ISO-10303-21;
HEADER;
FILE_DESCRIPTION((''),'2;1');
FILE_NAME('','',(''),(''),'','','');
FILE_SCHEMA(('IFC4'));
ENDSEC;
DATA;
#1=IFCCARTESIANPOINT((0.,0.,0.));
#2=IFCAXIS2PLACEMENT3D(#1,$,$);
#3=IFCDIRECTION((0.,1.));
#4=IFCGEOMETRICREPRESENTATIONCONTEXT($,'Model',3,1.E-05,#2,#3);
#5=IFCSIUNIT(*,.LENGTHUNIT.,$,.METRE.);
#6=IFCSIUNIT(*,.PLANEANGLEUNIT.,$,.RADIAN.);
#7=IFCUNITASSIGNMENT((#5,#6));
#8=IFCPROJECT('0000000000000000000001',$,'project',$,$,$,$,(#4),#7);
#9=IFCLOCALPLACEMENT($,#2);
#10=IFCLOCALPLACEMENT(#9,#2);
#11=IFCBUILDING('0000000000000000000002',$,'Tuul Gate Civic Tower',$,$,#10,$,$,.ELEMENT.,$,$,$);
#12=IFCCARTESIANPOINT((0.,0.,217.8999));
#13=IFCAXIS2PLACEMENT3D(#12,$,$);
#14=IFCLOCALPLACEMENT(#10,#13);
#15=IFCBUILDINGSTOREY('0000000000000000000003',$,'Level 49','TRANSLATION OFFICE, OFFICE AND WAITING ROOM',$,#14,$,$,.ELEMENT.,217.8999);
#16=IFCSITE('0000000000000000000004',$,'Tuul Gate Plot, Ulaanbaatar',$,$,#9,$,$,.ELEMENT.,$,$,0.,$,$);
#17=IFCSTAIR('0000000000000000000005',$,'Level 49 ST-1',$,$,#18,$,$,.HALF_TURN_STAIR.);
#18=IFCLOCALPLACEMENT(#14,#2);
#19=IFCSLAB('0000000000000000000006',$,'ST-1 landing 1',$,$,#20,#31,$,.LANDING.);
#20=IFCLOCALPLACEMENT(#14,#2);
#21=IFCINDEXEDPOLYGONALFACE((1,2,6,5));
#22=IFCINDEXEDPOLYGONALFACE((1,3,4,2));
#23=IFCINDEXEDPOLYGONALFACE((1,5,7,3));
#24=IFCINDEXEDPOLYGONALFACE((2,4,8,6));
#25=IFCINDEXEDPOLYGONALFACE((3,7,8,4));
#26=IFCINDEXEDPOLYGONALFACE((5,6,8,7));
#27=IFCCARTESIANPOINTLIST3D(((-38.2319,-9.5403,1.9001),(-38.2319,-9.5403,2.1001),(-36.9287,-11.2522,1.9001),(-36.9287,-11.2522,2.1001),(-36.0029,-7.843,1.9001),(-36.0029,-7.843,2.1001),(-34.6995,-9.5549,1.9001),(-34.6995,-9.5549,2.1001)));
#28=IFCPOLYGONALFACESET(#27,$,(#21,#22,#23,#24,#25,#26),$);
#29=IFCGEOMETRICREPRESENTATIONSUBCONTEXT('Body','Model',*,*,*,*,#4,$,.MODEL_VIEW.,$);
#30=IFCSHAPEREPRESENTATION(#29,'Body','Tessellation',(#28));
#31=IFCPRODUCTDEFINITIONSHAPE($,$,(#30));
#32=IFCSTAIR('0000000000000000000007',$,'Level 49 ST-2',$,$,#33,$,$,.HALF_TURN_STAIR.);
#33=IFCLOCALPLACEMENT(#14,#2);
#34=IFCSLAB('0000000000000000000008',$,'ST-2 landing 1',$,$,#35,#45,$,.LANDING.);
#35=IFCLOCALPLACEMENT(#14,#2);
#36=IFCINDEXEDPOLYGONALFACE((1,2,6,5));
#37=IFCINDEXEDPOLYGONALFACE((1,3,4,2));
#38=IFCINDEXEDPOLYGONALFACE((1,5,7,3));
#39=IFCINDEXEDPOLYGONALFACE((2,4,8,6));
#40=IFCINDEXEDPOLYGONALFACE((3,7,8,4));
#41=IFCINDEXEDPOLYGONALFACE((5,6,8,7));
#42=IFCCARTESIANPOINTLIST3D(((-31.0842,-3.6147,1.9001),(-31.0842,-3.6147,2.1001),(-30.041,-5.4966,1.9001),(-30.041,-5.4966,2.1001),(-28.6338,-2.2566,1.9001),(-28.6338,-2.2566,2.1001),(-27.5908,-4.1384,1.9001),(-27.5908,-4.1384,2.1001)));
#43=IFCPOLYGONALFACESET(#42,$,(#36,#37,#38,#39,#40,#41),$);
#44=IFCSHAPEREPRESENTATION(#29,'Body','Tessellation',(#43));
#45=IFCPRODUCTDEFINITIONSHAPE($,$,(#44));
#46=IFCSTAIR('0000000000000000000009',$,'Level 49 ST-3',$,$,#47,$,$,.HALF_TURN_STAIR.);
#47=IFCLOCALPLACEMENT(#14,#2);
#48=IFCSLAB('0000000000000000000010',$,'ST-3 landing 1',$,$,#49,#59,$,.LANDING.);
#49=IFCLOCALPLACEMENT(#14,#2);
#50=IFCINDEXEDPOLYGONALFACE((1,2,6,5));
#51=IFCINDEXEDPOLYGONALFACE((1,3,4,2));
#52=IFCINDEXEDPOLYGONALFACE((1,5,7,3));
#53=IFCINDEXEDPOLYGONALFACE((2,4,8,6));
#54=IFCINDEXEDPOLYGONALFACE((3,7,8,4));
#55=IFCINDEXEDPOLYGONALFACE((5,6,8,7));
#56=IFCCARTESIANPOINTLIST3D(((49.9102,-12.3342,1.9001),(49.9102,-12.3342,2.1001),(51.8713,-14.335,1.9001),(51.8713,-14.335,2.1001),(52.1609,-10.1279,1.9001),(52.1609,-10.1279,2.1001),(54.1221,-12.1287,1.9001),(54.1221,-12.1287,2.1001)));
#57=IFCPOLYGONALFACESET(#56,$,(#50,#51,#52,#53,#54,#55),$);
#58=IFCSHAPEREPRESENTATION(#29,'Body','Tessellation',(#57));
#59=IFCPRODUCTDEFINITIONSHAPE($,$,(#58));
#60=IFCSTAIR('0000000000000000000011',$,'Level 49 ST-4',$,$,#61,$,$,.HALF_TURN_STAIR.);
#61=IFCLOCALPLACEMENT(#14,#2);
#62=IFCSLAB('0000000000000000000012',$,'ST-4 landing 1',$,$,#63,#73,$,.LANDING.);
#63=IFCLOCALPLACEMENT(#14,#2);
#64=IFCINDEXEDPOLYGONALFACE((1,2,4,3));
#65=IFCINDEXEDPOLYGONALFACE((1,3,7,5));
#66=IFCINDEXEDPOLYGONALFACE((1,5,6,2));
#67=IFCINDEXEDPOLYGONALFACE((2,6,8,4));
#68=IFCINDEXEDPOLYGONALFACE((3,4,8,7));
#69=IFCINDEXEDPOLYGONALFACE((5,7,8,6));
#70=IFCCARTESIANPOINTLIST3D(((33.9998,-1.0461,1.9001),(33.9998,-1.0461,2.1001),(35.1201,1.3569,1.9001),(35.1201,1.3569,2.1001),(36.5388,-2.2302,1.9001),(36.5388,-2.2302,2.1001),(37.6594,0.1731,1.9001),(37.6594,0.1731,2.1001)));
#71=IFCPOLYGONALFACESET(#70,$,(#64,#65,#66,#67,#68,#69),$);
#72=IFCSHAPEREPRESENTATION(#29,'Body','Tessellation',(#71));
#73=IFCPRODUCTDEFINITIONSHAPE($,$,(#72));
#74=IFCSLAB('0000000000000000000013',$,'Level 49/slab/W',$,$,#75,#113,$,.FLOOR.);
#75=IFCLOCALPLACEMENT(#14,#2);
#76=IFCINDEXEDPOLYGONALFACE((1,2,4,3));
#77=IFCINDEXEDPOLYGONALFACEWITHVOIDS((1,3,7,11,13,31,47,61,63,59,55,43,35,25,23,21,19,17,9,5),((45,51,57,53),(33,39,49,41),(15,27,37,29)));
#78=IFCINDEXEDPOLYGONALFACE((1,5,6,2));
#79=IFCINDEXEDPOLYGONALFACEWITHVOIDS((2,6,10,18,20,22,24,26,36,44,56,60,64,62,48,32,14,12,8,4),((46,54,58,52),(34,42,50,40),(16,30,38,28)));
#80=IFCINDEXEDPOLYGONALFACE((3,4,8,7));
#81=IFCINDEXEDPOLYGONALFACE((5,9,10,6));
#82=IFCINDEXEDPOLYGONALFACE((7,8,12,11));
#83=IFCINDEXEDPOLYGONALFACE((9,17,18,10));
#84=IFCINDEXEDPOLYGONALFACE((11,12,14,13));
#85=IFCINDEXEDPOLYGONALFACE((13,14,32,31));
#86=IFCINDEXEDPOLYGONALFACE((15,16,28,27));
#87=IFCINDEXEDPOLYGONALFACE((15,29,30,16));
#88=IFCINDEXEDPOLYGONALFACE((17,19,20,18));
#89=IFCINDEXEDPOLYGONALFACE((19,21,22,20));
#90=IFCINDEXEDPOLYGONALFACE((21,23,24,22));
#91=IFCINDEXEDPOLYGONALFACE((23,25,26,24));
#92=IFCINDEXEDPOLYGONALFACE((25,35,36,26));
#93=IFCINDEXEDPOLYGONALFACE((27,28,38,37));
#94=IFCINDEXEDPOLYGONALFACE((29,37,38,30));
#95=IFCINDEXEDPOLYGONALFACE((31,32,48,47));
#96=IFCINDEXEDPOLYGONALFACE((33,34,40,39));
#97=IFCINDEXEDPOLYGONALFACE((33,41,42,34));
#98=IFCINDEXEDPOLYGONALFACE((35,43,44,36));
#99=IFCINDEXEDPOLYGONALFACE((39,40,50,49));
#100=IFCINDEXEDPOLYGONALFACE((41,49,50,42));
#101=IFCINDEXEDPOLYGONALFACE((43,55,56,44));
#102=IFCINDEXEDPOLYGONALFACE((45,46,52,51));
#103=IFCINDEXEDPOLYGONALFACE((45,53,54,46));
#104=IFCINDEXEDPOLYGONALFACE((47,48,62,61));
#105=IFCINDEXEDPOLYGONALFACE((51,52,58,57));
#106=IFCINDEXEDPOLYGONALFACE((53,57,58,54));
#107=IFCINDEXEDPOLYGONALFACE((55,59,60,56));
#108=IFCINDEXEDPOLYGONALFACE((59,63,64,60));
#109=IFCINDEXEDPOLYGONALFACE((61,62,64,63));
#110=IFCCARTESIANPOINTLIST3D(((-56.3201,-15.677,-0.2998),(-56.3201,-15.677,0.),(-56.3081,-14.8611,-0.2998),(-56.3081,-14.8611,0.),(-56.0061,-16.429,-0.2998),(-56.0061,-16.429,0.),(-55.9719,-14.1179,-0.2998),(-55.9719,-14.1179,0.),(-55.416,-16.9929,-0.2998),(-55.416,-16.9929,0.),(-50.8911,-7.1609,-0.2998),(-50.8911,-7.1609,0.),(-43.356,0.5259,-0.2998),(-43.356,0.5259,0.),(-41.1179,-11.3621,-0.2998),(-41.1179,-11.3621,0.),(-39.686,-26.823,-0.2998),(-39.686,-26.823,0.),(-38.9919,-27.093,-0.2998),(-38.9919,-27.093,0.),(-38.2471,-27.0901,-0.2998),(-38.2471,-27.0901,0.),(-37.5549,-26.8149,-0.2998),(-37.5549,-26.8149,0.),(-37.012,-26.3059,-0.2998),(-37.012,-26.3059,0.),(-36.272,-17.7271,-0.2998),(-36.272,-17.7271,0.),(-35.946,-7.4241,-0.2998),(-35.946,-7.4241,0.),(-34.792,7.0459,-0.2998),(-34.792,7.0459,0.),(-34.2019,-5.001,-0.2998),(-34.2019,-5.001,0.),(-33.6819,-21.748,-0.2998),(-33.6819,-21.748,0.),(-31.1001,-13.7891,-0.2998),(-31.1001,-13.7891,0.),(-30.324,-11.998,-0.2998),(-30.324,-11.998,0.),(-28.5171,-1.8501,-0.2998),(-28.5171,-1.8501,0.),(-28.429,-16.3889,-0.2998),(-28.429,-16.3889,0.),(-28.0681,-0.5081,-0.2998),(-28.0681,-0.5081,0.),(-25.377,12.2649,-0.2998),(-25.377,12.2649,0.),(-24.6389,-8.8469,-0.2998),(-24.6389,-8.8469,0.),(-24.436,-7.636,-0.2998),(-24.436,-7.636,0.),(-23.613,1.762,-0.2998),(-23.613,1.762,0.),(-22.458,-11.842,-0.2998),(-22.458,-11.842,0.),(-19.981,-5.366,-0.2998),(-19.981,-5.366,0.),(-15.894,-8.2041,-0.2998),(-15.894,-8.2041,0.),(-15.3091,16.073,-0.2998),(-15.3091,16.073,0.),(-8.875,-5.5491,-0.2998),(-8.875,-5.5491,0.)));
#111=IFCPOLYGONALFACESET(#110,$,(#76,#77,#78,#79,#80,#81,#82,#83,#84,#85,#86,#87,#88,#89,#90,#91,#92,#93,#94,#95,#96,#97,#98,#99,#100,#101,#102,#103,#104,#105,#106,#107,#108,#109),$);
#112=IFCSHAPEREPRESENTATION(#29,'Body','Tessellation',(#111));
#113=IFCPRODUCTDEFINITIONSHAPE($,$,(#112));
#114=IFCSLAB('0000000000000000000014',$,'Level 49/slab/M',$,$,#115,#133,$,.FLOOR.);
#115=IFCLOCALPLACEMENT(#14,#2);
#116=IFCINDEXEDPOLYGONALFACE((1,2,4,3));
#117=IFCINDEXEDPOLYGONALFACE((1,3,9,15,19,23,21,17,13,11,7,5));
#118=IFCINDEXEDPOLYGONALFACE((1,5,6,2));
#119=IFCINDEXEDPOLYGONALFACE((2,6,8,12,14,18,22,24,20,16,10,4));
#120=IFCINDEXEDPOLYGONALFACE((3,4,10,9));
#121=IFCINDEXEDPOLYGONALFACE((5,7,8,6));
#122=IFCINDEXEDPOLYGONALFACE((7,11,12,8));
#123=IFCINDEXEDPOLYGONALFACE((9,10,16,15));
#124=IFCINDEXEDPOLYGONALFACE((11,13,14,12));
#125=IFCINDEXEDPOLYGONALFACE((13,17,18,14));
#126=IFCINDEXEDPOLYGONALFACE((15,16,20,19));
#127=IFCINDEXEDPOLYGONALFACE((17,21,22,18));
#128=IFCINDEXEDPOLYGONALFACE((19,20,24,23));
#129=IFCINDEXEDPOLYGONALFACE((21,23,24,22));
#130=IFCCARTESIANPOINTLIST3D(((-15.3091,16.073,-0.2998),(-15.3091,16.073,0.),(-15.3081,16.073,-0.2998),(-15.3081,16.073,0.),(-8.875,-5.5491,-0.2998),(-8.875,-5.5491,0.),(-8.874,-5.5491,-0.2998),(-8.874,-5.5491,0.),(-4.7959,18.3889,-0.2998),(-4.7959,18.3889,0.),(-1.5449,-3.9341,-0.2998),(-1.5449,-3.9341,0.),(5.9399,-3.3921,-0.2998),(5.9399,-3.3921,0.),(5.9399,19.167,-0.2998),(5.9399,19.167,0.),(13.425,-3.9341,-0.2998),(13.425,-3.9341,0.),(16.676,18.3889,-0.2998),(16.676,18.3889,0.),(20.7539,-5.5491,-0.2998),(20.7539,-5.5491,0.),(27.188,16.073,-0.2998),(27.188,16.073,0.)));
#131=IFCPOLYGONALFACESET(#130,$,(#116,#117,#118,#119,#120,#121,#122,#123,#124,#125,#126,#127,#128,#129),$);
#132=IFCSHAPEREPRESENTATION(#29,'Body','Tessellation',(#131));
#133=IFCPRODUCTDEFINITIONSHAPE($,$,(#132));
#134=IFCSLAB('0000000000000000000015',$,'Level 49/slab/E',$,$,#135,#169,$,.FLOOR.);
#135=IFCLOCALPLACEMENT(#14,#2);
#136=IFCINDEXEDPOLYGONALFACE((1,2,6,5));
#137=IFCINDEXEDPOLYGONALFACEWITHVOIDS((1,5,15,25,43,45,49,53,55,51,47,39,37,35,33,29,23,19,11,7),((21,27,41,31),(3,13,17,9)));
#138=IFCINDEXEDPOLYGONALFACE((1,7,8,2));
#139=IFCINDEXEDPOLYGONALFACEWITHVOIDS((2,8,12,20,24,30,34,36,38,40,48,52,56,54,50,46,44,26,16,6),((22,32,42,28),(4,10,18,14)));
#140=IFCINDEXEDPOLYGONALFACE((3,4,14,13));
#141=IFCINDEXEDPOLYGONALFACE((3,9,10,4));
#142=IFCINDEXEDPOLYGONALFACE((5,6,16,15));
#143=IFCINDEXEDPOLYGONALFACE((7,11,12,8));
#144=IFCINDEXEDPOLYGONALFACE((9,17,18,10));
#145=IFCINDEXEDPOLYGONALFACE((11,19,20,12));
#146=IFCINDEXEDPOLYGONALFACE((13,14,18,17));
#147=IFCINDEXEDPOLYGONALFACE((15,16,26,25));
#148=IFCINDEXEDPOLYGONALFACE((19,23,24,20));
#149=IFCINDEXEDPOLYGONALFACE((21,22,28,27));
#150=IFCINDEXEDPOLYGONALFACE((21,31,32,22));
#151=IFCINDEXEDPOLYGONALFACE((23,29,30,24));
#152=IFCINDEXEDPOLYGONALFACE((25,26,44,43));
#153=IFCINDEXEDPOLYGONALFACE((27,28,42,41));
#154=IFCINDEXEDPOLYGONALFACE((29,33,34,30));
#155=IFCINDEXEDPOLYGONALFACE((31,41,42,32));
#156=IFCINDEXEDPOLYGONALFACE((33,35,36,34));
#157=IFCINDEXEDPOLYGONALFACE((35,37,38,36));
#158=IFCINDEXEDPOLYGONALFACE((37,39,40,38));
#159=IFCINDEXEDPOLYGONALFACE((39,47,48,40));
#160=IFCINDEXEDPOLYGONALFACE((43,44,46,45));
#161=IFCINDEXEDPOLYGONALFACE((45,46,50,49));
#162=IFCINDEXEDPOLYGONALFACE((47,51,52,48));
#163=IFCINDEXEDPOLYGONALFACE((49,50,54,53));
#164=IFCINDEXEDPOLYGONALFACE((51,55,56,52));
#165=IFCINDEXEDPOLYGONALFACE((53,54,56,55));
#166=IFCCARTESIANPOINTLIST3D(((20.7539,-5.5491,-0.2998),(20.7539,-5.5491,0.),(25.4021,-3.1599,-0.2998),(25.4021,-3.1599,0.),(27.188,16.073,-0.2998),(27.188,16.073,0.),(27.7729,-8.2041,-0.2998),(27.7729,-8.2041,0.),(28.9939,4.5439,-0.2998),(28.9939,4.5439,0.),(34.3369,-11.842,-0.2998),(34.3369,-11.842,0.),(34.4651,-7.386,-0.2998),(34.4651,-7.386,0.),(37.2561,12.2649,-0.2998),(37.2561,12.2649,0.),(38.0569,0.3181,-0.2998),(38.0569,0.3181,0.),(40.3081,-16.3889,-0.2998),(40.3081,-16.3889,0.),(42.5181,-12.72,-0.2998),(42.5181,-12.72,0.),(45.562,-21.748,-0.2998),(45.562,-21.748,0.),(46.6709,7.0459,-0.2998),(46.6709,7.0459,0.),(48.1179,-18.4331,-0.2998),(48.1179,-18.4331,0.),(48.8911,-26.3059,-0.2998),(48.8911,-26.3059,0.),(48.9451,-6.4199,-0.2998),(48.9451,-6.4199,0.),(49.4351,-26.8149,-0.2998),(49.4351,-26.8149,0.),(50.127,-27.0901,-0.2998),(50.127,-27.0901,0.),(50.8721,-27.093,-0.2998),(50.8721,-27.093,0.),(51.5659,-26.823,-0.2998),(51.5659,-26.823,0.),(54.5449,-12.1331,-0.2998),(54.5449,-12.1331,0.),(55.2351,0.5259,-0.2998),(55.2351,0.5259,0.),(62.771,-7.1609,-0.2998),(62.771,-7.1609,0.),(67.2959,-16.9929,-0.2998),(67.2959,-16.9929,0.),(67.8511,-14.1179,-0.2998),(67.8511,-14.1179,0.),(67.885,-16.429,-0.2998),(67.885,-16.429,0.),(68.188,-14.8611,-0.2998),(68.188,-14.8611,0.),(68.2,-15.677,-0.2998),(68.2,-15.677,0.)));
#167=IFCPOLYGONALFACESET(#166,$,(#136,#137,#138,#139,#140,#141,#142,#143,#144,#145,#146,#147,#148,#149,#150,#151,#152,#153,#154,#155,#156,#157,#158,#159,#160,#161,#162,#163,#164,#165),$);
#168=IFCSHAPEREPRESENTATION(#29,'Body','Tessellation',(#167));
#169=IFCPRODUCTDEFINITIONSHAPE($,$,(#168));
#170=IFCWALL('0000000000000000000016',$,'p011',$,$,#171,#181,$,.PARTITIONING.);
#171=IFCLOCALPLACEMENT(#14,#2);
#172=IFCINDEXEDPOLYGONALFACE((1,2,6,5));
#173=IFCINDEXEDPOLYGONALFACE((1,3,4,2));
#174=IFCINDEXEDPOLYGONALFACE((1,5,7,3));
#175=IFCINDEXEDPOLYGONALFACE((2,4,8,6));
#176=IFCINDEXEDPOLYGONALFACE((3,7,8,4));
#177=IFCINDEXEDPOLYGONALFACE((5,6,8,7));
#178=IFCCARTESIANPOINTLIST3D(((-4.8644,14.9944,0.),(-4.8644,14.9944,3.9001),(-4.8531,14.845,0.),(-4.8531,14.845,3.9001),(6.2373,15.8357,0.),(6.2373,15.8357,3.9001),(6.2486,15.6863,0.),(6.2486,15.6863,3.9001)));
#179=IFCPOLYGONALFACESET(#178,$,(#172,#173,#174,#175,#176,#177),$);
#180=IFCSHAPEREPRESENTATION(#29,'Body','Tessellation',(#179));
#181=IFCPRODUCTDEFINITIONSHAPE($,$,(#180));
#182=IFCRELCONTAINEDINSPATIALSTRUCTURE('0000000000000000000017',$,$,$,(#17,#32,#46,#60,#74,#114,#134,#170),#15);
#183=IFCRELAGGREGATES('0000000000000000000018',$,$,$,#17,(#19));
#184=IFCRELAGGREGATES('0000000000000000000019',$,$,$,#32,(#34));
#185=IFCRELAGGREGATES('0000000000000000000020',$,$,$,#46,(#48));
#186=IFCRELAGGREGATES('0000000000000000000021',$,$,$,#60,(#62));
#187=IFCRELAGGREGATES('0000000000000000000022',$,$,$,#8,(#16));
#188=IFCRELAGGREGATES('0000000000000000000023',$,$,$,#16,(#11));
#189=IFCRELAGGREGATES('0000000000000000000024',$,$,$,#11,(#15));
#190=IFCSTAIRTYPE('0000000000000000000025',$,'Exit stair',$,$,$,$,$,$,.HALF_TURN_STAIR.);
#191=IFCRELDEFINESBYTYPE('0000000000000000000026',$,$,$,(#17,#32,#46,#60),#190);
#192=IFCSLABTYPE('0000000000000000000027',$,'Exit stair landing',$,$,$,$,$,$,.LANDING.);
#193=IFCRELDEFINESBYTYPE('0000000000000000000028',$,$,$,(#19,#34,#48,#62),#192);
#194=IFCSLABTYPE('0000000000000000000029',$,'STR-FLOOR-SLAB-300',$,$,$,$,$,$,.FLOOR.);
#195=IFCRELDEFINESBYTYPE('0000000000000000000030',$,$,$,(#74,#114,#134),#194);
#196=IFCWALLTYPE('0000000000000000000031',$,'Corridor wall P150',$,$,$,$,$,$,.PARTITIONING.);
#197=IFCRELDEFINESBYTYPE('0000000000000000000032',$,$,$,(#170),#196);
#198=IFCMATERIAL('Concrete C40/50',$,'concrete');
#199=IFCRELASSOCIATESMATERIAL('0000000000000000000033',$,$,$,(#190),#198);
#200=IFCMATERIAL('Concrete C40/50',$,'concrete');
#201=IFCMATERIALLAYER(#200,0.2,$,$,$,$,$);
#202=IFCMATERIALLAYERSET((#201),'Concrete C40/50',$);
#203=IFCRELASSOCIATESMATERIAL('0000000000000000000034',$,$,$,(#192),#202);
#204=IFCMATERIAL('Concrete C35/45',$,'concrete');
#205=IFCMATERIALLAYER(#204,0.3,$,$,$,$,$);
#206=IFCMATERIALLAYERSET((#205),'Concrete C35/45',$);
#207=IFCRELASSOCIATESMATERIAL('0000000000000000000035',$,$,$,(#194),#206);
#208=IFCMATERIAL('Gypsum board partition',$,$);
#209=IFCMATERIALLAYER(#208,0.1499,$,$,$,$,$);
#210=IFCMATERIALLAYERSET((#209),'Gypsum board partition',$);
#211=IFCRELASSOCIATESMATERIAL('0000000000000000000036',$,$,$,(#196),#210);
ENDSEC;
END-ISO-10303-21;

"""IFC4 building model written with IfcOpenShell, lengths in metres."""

from ifc_helpers import new_model, si_unit, direction, frame, frame_2d, origin, place, context, subcontext, project, spatial, polyline, rectangle, outline, extrude, material, layer, layer_set, type_object, element, aggregate, save


model = new_model("IFC4")

# Units and contexts
model_context = context("Model", 3, precision=1e-05, world=origin(), true_north=direction((0.0, 1.0)))
body_context = subcontext(model_context, "Body", "Model", "MODEL_VIEW")
ifc_project = project(units=[si_unit("LENGTHUNIT", "METRE"), si_unit("PLANEANGLEUNIT", "RADIAN")], contexts=[model_context])

# Site, building, storey
site_placement = place(None, origin())
site = spatial("IfcSite", under=ifc_project, at=site_placement, Name="Tuul Gate Plot, Ulaanbaatar", CompositionType="ELEMENT", RefElevation=0.0)
building_placement = place(site_placement, origin())
building = spatial("IfcBuilding", under=site, at=building_placement, Name="Tuul Gate Civic Tower", CompositionType="ELEMENT")
storey_placement = place(building_placement, frame((0.0, 0.0, 217.8999)))
storey = spatial("IfcBuildingStorey", under=building, at=storey_placement, Name="Level 49", Description="TRANSLATION OFFICE, OFFICE AND WAITING ROOM", CompositionType="ELEMENT", Elevation=217.8999)

# Stairs, slabs
ifc_material_1 = material(Name="Concrete C40/50", Category="concrete")
stair_type = type_object("IfcStairType", Name="Exit stair", PredefinedType="HALF_TURN_STAIR", material=ifc_material_1)
stair_1_placement = place(storey_placement, origin())
stair_1 = element("IfcStair", 1, at=stair_1_placement, inside=storey, type_object=stair_type, Name="Level 49 ST-1", PredefinedType="HALF_TURN_STAIR")
ifc_material_2 = material(Name="Concrete C40/50", Category="concrete")
ifc_layer_1 = layer(ifc_material_2, 0.2)
ifc_layer_set_1 = layer_set([ifc_layer_1], Name="Concrete C40/50")
slab_type_1 = type_object("IfcSlabType", Name="Exit stair landing", PredefinedType="LANDING", material=ifc_layer_set_1)
slab_1_placement = place(storey_placement, frame((0.0, 0.0, 1.9001)))
slab_1 = element("IfcSlab", 2, at=slab_1_placement, type_object=slab_type_1, Name="ST-1 landing 1", PredefinedType="LANDING", context=body_context, shape_type="SweptSolid", body=[
    extrude(outline(polyline([(-34.6995, -9.5549), (-36.9287, -11.2522), (-38.2319, -9.5403), (-36.0029, -7.843), (-34.6995, -9.5549)])), origin(), (0.0, 0.0, 1.0), 0.2),
])
aggregate(stair_1, [slab_1])
stair_2_placement = place(storey_placement, origin())
stair_2 = element("IfcStair", 3, at=stair_2_placement, inside=storey, type_object=stair_type, Name="Level 49 ST-2", PredefinedType="HALF_TURN_STAIR")
slab_2_placement = place(storey_placement, frame((0.0, 0.0, 1.9001)))
slab_2 = element("IfcSlab", 4, at=slab_2_placement, type_object=slab_type_1, Name="ST-2 landing 1", PredefinedType="LANDING", context=body_context, shape_type="SweptSolid", body=[
    extrude(outline(polyline([(-27.5908, -4.1384), (-30.041, -5.4966), (-31.0842, -3.6147), (-28.6338, -2.2566), (-27.5908, -4.1384)])), origin(), (0.0, 0.0, 1.0), 0.2),
])
aggregate(stair_2, [slab_2])
stair_3_placement = place(storey_placement, origin())
stair_3 = element("IfcStair", 5, at=stair_3_placement, inside=storey, type_object=stair_type, Name="Level 49 ST-3", PredefinedType="HALF_TURN_STAIR")
slab_3_placement = place(storey_placement, frame((0.0, 0.0, 1.9001)))
slab_3 = element("IfcSlab", 6, at=slab_3_placement, type_object=slab_type_1, Name="ST-3 landing 1", PredefinedType="LANDING", context=body_context, shape_type="SweptSolid", body=[
    extrude(outline(polyline([(51.8713, -14.335), (49.9102, -12.3342), (52.1609, -10.1279), (54.1221, -12.1287), (51.8713, -14.335)])), origin(), (0.0, 0.0, 1.0), 0.2),
])
aggregate(stair_3, [slab_3])
stair_4_placement = place(storey_placement, origin())
stair_4 = element("IfcStair", 7, at=stair_4_placement, inside=storey, type_object=stair_type, Name="Level 49 ST-4", PredefinedType="HALF_TURN_STAIR")
slab_4_placement = place(storey_placement, frame((0.0, 0.0, 1.9001)))
slab_4 = element("IfcSlab", 8, at=slab_4_placement, type_object=slab_type_1, Name="ST-4 landing 1", PredefinedType="LANDING", context=body_context, shape_type="SweptSolid", body=[
    extrude(outline(polyline([(36.5388, -2.2302), (33.9998, -1.0461), (35.1201, 1.3569), (37.6594, 0.1731), (36.5388, -2.2302)])), origin(), (0.0, 0.0, 1.0), 0.2),
])
aggregate(stair_4, [slab_4])

# Slabs
ifc_material_3 = material(Name="Concrete C35/45", Category="concrete")
ifc_layer_2 = layer(ifc_material_3, 0.3)
ifc_layer_set_2 = layer_set([ifc_layer_2], Name="Concrete C35/45")
slab_type_2 = type_object("IfcSlabType", Name="STR-FLOOR-SLAB-300", PredefinedType="FLOOR", material=ifc_layer_set_2)
slab_5_placement = place(storey_placement, frame((0.0, 0.0, -0.2998)))
element("IfcSlab", 9, at=slab_5_placement, inside=storey, type_object=slab_type_2, Name="Level 49/slab/W", PredefinedType="FLOOR", context=body_context, shape_type="SweptSolid", body=[
    extrude(outline(polyline([(-15.894, -8.2041), (-8.875, -5.5491), (-15.3091, 16.073), (-25.377, 12.2649), (-34.792, 7.0459), (-43.356, 0.5259), (-50.8911, -7.1609), (-55.9719, -14.1179), (-56.3081, -14.8611), (-56.3201, -15.677), (-56.0061, -16.429), (-55.416, -16.9929), (-39.686, -26.823), (-38.9919, -27.093), (-38.2471, -27.0901), (-37.5549, -26.8149), (-37.012, -26.3059), (-33.6819, -21.748), (-28.429, -16.3889), (-22.458, -11.842), (-15.894, -8.2041)]), holes=[polyline([(-31.1001, -13.7891), (-36.272, -17.7271), (-41.1179, -11.3621), (-35.946, -7.4241), (-31.1001, -13.7891)]), polyline([(-24.6389, -8.8469), (-30.324, -11.998), (-34.2019, -5.001), (-28.5171, -1.8501), (-24.6389, -8.8469)]), polyline([(-24.436, -7.636), (-28.0681, -0.5081), (-23.613, 1.762), (-19.981, -5.366), (-24.436, -7.636)])]), origin(), (0.0, 0.0, 1.0), 0.2998),
])
slab_6_placement = place(storey_placement, frame((0.0, 0.0, -0.2998)))
element("IfcSlab", 10, at=slab_6_placement, inside=storey, type_object=slab_type_2, Name="Level 49/slab/M", PredefinedType="FLOOR", context=body_context, shape_type="SweptSolid", body=[
    extrude(outline(polyline([(13.425, -3.9341), (20.7539, -5.5491), (27.188, 16.073), (16.676, 18.3889), (5.9399, 19.167), (-4.7959, 18.3889), (-15.3081, 16.073), (-15.3091, 16.073), (-8.875, -5.5491), (-8.874, -5.5491), (-1.5449, -3.9341), (5.9399, -3.3921), (13.425, -3.9341)])), origin(), (0.0, 0.0, 1.0), 0.2998),
])
slab_7_placement = place(storey_placement, frame((0.0, 0.0, -0.2998)))
element("IfcSlab", 11, at=slab_7_placement, inside=storey, type_object=slab_type_2, Name="Level 49/slab/E", PredefinedType="FLOOR", context=body_context, shape_type="SweptSolid", body=[
    extrude(outline(polyline([(50.8721, -27.093), (51.5659, -26.823), (67.2959, -16.9929), (67.885, -16.429), (68.2, -15.677), (68.188, -14.8611), (67.8511, -14.1179), (62.771, -7.1609), (55.2351, 0.5259), (46.6709, 7.0459), (37.2561, 12.2649), (27.188, 16.073), (20.7539, -5.5491), (27.7729, -8.2041), (34.3369, -11.842), (40.3081, -16.3889), (45.562, -21.748), (48.8911, -26.3059), (49.4351, -26.8149), (50.127, -27.0901), (50.8721, -27.093)]), holes=[polyline([(48.1179, -18.4331), (42.5181, -12.72), (48.9451, -6.4199), (54.5449, -12.1331), (48.1179, -18.4331)]), polyline([(25.4021, -3.1599), (28.9939, 4.5439), (38.0569, 0.3181), (34.4651, -7.386), (25.4021, -3.1599)])]), origin(), (0.0, 0.0, 1.0), 0.2998),
])

# Wall
ifc_material_4 = material(Name="Gypsum board partition")
ifc_layer_3 = layer(ifc_material_4, 0.1499)
ifc_layer_set_3 = layer_set([ifc_layer_3], Name="Gypsum board partition")
wall_type_1 = type_object("IfcWallType", Name="Corridor wall P150", PredefinedType="PARTITIONING", material=ifc_layer_set_3)
wall_1_placement = place(storey_placement, frame((-4.8589, 14.9197, 0.0), z_axis=(0.0, 0.0, 1.0), x_axis=(0.997141, 0.075565, 0.0)))
element("IfcWall", 12, at=wall_1_placement, inside=storey, type_object=wall_type_1, Name="p011", PredefinedType="PARTITIONING", context=body_context, shape_type="SweptSolid", body=[
    extrude(rectangle(XDim=11.1335, YDim=0.1499, at=frame_2d((5.5669, 0.0))), origin(), (0.0, 0.0, 1.0), 3.9001),
])

save(model, "model.ifc")
